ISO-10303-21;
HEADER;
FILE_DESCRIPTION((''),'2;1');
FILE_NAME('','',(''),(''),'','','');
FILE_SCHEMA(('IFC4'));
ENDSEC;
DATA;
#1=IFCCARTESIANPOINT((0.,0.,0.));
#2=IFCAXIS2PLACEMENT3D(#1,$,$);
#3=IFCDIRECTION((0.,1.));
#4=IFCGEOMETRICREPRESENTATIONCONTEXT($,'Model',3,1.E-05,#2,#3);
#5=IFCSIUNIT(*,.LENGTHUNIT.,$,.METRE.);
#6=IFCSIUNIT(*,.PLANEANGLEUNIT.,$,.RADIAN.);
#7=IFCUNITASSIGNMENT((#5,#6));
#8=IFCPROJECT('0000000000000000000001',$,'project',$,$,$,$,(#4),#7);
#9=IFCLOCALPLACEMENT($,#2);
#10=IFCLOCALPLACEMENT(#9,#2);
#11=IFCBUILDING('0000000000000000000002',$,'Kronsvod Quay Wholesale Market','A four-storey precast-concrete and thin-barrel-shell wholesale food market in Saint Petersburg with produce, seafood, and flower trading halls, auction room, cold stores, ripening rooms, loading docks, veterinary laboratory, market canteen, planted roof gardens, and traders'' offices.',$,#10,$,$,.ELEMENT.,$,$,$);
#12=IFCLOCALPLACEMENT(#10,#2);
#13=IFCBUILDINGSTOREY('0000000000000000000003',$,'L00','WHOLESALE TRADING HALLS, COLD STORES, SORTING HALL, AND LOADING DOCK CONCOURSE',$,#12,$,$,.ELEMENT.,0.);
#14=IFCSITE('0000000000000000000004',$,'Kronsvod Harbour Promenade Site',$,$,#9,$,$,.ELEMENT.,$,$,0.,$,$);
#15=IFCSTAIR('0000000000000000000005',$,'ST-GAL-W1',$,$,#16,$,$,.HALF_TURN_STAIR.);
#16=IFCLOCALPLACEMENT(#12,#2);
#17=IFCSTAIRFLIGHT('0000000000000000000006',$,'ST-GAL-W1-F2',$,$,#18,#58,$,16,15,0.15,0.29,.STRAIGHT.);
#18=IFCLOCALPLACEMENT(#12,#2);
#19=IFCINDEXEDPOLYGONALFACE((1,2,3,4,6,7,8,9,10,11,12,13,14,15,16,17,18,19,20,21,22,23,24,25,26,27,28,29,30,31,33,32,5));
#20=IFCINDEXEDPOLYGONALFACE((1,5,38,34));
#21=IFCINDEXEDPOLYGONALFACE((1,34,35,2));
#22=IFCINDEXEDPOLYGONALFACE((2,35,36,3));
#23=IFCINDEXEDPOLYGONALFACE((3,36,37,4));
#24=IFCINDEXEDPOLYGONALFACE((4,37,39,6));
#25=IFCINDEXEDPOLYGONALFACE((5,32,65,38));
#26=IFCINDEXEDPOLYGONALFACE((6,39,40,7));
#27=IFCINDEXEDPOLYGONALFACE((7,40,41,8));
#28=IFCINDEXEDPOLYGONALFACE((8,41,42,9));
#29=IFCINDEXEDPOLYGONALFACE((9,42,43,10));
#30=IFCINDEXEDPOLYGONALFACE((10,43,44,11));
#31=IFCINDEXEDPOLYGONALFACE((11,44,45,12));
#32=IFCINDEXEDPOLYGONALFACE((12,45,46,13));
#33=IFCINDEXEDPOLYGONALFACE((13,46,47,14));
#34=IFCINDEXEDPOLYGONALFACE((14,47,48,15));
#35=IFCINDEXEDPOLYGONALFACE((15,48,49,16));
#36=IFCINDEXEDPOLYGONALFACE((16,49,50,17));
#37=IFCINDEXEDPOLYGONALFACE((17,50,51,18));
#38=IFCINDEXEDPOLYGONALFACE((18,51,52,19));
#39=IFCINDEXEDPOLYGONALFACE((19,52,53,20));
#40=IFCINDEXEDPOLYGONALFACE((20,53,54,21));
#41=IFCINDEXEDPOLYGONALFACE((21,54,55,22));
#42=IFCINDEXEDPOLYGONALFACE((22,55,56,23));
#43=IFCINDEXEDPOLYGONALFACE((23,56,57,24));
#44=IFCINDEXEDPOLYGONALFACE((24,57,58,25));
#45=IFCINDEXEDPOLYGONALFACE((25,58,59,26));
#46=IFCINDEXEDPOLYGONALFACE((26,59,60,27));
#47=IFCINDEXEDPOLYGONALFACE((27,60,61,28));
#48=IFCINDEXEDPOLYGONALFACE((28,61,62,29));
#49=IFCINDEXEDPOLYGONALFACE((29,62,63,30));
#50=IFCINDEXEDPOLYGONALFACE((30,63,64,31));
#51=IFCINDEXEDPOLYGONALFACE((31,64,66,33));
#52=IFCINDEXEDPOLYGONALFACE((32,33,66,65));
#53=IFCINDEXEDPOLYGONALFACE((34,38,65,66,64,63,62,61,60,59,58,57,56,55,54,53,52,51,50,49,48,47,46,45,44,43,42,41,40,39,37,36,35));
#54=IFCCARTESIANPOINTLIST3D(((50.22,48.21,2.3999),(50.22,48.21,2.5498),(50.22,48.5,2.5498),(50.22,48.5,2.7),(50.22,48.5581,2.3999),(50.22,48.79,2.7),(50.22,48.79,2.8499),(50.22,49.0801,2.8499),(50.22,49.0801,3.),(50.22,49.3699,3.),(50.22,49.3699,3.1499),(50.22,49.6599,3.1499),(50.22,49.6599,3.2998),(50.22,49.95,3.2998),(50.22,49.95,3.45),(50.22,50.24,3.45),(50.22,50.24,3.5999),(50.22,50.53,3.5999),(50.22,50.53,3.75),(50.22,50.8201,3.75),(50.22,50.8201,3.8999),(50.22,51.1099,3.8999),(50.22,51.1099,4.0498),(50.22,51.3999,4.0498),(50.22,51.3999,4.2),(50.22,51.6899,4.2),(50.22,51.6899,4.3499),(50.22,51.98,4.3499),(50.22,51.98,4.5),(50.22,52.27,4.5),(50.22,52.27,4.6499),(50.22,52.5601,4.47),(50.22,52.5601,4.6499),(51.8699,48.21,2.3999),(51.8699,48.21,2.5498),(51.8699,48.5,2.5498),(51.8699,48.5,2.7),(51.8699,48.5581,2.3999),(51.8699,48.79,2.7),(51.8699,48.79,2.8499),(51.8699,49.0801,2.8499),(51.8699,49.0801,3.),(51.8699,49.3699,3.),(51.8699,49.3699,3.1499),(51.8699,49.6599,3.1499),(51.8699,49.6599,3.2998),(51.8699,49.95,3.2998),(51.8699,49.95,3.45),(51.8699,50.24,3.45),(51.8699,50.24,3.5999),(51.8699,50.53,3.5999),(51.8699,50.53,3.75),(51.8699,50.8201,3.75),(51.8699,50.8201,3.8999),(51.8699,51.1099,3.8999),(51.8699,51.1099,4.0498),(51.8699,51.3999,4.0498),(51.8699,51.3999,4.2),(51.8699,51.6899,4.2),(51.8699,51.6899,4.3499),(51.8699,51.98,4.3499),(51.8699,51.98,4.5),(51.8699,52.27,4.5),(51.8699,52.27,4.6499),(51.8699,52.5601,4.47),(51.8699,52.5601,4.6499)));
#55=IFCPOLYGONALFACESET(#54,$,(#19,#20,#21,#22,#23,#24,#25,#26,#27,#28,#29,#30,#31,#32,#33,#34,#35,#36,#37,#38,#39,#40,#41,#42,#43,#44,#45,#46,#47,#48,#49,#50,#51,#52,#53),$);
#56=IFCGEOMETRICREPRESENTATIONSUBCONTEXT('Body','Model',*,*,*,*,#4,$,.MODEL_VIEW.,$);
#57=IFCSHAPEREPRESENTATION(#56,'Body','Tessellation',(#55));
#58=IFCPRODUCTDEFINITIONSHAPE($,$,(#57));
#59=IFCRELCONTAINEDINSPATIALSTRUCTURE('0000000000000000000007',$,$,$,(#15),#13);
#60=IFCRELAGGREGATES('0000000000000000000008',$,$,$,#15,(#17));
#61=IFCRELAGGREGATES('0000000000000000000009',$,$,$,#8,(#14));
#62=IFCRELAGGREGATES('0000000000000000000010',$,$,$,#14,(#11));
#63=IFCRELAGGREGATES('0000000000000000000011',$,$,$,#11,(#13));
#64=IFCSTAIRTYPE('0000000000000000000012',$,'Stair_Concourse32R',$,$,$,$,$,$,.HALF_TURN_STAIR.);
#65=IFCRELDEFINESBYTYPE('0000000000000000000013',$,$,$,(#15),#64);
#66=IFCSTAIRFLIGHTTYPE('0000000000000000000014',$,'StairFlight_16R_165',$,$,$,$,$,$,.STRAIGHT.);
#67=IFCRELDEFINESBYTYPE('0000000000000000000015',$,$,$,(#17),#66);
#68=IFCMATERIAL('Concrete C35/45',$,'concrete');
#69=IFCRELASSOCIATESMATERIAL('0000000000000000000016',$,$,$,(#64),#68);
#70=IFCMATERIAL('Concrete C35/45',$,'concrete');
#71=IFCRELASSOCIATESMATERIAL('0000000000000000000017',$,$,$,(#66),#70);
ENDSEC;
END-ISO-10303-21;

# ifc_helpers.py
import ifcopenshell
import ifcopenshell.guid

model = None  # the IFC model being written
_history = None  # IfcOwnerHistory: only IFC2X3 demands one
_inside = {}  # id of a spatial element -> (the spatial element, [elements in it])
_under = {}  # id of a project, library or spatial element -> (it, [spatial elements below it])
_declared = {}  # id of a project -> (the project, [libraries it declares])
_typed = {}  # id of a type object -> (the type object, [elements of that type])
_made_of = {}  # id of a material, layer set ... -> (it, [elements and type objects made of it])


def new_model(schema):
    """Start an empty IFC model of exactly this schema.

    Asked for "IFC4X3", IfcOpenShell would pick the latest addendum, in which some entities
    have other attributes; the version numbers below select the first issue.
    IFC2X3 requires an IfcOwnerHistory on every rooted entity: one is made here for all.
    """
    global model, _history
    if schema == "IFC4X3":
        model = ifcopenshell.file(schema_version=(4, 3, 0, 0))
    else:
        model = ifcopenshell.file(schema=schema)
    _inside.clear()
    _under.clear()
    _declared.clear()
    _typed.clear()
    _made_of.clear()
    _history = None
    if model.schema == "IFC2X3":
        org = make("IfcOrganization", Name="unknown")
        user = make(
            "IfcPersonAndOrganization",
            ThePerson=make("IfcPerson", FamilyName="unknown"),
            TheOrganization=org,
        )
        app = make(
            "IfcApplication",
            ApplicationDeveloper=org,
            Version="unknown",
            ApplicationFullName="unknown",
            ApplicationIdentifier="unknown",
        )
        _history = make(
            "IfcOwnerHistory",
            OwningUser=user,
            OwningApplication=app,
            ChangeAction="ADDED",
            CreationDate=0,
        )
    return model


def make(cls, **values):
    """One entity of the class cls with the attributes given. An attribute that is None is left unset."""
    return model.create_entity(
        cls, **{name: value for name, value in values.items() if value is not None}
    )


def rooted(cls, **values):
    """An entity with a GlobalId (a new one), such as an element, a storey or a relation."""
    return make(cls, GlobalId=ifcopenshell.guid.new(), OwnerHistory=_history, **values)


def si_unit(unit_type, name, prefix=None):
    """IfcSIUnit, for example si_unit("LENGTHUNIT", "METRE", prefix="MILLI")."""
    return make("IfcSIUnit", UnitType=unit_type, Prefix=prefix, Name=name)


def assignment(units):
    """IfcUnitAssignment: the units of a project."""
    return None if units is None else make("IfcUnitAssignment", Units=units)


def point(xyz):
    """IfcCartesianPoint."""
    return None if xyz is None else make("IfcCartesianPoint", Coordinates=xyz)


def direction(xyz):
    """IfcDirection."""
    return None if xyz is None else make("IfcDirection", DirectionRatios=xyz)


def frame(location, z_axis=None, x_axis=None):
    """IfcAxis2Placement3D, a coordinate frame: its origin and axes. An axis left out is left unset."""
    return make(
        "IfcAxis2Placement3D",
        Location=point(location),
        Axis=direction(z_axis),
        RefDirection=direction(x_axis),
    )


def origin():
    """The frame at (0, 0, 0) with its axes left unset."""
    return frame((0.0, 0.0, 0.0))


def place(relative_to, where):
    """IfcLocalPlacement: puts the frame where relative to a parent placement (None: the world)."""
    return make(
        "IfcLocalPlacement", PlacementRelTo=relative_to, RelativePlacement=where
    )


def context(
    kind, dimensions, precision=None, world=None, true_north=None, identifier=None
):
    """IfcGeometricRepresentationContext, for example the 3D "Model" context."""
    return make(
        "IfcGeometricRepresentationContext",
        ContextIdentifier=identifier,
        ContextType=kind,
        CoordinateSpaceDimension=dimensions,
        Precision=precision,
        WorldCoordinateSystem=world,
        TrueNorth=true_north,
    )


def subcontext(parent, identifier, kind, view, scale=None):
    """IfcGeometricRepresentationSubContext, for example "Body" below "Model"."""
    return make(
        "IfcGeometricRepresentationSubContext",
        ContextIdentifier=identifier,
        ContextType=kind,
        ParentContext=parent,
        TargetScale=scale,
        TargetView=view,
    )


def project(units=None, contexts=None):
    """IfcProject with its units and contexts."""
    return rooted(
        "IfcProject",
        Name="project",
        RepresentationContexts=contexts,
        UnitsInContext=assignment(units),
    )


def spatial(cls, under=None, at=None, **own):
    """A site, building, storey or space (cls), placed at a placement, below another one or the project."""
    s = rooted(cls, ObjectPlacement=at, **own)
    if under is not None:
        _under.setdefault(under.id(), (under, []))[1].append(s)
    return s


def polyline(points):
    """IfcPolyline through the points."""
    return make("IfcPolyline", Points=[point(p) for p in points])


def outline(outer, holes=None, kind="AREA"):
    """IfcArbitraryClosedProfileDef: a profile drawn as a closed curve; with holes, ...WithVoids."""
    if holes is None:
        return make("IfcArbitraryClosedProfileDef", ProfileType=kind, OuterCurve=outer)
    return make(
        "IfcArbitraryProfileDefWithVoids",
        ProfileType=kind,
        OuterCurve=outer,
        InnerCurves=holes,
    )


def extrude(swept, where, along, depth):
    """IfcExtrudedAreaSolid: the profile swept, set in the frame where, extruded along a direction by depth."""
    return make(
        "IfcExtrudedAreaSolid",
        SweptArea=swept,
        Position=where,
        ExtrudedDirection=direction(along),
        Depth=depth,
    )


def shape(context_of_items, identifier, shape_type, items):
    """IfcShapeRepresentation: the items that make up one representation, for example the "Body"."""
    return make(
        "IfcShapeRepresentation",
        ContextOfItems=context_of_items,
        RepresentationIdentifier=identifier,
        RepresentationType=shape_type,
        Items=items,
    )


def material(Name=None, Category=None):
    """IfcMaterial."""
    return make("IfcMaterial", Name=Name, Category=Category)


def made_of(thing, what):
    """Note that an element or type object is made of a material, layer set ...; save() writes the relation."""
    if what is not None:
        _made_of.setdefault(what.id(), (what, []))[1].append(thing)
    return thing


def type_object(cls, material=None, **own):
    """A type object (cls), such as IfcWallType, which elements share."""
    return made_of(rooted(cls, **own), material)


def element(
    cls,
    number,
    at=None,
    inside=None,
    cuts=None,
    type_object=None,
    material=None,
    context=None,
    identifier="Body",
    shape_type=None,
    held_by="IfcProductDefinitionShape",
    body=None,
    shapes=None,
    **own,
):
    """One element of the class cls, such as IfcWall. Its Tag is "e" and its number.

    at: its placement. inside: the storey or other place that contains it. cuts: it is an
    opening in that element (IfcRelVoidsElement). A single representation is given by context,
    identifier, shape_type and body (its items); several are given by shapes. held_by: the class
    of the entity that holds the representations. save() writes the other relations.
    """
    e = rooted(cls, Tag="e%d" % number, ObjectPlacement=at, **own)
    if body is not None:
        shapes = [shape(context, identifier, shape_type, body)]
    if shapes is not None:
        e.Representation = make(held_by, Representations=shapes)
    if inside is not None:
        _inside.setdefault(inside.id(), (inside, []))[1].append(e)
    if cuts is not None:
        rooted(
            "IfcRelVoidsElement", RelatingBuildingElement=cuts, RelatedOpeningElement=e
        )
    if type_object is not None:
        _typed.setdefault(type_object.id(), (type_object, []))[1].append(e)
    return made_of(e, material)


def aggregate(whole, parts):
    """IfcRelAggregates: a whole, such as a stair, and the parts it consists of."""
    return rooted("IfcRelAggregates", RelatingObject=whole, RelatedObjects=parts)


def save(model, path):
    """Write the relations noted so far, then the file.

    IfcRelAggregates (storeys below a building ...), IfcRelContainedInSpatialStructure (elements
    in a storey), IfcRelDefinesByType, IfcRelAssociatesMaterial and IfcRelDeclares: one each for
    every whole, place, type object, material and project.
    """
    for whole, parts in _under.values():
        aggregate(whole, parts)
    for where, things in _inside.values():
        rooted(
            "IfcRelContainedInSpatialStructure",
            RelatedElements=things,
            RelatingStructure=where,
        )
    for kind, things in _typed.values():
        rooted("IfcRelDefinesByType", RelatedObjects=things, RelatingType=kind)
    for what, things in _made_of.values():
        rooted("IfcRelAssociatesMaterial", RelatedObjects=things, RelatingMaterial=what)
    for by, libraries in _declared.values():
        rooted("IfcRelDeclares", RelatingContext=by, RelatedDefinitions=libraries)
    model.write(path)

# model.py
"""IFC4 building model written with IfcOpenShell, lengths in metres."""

from ifc_helpers import new_model, si_unit, direction, frame, origin, place, context, subcontext, project, spatial, polyline, outline, extrude, material, type_object, element, aggregate, save


model = new_model("IFC4")

# Units and contexts
model_context = context("Model", 3, precision=1e-05, world=origin(), true_north=direction((0.0, 1.0)))
body_context = subcontext(model_context, "Body", "Model", "MODEL_VIEW")
ifc_project = project(units=[si_unit("LENGTHUNIT", "METRE"), si_unit("PLANEANGLEUNIT", "RADIAN")], contexts=[model_context])

# Site, building, storey
site_placement = place(None, origin())
site = spatial("IfcSite", under=ifc_project, at=site_placement, Name="Kronsvod Harbour Promenade Site", CompositionType="ELEMENT", RefElevation=0.0)
building_placement = place(site_placement, origin())
building = spatial("IfcBuilding", under=site, at=building_placement, Name="Kronsvod Quay Wholesale Market", Description="A four-storey precast-concrete and thin-barrel-shell wholesale food market in Saint Petersburg with produce, seafood, and flower trading halls, auction room, cold stores, ripening rooms, loading docks, veterinary laboratory, market canteen, planted roof gardens, and traders' offices.", CompositionType="ELEMENT")
storey_placement = place(building_placement, origin())
storey = spatial("IfcBuildingStorey", under=building, at=storey_placement, Name="L00", Description="WHOLESALE TRADING HALLS, COLD STORES, SORTING HALL, AND LOADING DOCK CONCOURSE", CompositionType="ELEMENT", Elevation=0.0)

# Stair, stair flight
ifc_material_1 = material(Name="Concrete C35/45", Category="concrete")
stair_type = type_object("IfcStairType", Name="Stair_Concourse32R", PredefinedType="HALF_TURN_STAIR", material=ifc_material_1)
stair_placement = place(storey_placement, origin())
stair = element("IfcStair", 1, at=stair_placement, inside=storey, type_object=stair_type, Name="ST-GAL-W1", PredefinedType="HALF_TURN_STAIR")
ifc_material_2 = material(Name="Concrete C35/45", Category="concrete")
stair_flight_type = type_object("IfcStairFlightType", Name="StairFlight_16R_165", PredefinedType="STRAIGHT", material=ifc_material_2)
stair_flight_1_placement = place(storey_placement, frame((51.0449, 48.21, 2.3999), z_axis=(0.0, 0.0, 1.0), x_axis=(0.0, 1.0, 0.0)))
stair_flight_1 = element("IfcStairFlight", 2, at=stair_flight_1_placement, type_object=stair_flight_type, Name="ST-GAL-W1-F2", NumberOfRisers=16, NumberOfTreads=15, PredefinedType="STRAIGHT", RiserHeight=0.15, TreadLength=0.29, context=body_context, shape_type="SweptSolid", body=[
    extrude(outline(polyline([(0.0, 0.0), (0.0, 0.1499), (0.29, 0.1499), (0.29, 0.3), (0.5801, 0.3), (0.5801, 0.45), (0.8701, 0.45), (0.8701, 0.6001), (1.1599, 0.6001), (1.1599, 0.75), (1.45, 0.75), (1.45, 0.8999), (1.74, 0.8999), (1.74, 1.05), (2.03, 1.05), (2.03, 1.2), (2.3201, 1.2), (2.3201, 1.3501), (2.6101, 1.3501), (2.6101, 1.5), (2.8999, 1.5), (2.8999, 1.6499), (3.1899, 1.6499), (3.1899, 1.8), (3.48, 1.8), (3.48, 1.95), (3.77, 1.95), (3.77, 2.1001), (4.0601, 2.1001), (4.0601, 2.25), (4.3501, 2.25), (4.3501, 2.3999), (4.3501, 2.0701), (0.3481, 0.0), (0.0, 0.0)])), frame((0.0, 0.825, 0.0), z_axis=(0.0, -1.0, 0.0), x_axis=(1.0, 0.0, 0.0)), (0.0, 0.0, 1.0), 1.6499),
])
aggregate(stair, [stair_flight_1])

save(model, "model.ifc")
